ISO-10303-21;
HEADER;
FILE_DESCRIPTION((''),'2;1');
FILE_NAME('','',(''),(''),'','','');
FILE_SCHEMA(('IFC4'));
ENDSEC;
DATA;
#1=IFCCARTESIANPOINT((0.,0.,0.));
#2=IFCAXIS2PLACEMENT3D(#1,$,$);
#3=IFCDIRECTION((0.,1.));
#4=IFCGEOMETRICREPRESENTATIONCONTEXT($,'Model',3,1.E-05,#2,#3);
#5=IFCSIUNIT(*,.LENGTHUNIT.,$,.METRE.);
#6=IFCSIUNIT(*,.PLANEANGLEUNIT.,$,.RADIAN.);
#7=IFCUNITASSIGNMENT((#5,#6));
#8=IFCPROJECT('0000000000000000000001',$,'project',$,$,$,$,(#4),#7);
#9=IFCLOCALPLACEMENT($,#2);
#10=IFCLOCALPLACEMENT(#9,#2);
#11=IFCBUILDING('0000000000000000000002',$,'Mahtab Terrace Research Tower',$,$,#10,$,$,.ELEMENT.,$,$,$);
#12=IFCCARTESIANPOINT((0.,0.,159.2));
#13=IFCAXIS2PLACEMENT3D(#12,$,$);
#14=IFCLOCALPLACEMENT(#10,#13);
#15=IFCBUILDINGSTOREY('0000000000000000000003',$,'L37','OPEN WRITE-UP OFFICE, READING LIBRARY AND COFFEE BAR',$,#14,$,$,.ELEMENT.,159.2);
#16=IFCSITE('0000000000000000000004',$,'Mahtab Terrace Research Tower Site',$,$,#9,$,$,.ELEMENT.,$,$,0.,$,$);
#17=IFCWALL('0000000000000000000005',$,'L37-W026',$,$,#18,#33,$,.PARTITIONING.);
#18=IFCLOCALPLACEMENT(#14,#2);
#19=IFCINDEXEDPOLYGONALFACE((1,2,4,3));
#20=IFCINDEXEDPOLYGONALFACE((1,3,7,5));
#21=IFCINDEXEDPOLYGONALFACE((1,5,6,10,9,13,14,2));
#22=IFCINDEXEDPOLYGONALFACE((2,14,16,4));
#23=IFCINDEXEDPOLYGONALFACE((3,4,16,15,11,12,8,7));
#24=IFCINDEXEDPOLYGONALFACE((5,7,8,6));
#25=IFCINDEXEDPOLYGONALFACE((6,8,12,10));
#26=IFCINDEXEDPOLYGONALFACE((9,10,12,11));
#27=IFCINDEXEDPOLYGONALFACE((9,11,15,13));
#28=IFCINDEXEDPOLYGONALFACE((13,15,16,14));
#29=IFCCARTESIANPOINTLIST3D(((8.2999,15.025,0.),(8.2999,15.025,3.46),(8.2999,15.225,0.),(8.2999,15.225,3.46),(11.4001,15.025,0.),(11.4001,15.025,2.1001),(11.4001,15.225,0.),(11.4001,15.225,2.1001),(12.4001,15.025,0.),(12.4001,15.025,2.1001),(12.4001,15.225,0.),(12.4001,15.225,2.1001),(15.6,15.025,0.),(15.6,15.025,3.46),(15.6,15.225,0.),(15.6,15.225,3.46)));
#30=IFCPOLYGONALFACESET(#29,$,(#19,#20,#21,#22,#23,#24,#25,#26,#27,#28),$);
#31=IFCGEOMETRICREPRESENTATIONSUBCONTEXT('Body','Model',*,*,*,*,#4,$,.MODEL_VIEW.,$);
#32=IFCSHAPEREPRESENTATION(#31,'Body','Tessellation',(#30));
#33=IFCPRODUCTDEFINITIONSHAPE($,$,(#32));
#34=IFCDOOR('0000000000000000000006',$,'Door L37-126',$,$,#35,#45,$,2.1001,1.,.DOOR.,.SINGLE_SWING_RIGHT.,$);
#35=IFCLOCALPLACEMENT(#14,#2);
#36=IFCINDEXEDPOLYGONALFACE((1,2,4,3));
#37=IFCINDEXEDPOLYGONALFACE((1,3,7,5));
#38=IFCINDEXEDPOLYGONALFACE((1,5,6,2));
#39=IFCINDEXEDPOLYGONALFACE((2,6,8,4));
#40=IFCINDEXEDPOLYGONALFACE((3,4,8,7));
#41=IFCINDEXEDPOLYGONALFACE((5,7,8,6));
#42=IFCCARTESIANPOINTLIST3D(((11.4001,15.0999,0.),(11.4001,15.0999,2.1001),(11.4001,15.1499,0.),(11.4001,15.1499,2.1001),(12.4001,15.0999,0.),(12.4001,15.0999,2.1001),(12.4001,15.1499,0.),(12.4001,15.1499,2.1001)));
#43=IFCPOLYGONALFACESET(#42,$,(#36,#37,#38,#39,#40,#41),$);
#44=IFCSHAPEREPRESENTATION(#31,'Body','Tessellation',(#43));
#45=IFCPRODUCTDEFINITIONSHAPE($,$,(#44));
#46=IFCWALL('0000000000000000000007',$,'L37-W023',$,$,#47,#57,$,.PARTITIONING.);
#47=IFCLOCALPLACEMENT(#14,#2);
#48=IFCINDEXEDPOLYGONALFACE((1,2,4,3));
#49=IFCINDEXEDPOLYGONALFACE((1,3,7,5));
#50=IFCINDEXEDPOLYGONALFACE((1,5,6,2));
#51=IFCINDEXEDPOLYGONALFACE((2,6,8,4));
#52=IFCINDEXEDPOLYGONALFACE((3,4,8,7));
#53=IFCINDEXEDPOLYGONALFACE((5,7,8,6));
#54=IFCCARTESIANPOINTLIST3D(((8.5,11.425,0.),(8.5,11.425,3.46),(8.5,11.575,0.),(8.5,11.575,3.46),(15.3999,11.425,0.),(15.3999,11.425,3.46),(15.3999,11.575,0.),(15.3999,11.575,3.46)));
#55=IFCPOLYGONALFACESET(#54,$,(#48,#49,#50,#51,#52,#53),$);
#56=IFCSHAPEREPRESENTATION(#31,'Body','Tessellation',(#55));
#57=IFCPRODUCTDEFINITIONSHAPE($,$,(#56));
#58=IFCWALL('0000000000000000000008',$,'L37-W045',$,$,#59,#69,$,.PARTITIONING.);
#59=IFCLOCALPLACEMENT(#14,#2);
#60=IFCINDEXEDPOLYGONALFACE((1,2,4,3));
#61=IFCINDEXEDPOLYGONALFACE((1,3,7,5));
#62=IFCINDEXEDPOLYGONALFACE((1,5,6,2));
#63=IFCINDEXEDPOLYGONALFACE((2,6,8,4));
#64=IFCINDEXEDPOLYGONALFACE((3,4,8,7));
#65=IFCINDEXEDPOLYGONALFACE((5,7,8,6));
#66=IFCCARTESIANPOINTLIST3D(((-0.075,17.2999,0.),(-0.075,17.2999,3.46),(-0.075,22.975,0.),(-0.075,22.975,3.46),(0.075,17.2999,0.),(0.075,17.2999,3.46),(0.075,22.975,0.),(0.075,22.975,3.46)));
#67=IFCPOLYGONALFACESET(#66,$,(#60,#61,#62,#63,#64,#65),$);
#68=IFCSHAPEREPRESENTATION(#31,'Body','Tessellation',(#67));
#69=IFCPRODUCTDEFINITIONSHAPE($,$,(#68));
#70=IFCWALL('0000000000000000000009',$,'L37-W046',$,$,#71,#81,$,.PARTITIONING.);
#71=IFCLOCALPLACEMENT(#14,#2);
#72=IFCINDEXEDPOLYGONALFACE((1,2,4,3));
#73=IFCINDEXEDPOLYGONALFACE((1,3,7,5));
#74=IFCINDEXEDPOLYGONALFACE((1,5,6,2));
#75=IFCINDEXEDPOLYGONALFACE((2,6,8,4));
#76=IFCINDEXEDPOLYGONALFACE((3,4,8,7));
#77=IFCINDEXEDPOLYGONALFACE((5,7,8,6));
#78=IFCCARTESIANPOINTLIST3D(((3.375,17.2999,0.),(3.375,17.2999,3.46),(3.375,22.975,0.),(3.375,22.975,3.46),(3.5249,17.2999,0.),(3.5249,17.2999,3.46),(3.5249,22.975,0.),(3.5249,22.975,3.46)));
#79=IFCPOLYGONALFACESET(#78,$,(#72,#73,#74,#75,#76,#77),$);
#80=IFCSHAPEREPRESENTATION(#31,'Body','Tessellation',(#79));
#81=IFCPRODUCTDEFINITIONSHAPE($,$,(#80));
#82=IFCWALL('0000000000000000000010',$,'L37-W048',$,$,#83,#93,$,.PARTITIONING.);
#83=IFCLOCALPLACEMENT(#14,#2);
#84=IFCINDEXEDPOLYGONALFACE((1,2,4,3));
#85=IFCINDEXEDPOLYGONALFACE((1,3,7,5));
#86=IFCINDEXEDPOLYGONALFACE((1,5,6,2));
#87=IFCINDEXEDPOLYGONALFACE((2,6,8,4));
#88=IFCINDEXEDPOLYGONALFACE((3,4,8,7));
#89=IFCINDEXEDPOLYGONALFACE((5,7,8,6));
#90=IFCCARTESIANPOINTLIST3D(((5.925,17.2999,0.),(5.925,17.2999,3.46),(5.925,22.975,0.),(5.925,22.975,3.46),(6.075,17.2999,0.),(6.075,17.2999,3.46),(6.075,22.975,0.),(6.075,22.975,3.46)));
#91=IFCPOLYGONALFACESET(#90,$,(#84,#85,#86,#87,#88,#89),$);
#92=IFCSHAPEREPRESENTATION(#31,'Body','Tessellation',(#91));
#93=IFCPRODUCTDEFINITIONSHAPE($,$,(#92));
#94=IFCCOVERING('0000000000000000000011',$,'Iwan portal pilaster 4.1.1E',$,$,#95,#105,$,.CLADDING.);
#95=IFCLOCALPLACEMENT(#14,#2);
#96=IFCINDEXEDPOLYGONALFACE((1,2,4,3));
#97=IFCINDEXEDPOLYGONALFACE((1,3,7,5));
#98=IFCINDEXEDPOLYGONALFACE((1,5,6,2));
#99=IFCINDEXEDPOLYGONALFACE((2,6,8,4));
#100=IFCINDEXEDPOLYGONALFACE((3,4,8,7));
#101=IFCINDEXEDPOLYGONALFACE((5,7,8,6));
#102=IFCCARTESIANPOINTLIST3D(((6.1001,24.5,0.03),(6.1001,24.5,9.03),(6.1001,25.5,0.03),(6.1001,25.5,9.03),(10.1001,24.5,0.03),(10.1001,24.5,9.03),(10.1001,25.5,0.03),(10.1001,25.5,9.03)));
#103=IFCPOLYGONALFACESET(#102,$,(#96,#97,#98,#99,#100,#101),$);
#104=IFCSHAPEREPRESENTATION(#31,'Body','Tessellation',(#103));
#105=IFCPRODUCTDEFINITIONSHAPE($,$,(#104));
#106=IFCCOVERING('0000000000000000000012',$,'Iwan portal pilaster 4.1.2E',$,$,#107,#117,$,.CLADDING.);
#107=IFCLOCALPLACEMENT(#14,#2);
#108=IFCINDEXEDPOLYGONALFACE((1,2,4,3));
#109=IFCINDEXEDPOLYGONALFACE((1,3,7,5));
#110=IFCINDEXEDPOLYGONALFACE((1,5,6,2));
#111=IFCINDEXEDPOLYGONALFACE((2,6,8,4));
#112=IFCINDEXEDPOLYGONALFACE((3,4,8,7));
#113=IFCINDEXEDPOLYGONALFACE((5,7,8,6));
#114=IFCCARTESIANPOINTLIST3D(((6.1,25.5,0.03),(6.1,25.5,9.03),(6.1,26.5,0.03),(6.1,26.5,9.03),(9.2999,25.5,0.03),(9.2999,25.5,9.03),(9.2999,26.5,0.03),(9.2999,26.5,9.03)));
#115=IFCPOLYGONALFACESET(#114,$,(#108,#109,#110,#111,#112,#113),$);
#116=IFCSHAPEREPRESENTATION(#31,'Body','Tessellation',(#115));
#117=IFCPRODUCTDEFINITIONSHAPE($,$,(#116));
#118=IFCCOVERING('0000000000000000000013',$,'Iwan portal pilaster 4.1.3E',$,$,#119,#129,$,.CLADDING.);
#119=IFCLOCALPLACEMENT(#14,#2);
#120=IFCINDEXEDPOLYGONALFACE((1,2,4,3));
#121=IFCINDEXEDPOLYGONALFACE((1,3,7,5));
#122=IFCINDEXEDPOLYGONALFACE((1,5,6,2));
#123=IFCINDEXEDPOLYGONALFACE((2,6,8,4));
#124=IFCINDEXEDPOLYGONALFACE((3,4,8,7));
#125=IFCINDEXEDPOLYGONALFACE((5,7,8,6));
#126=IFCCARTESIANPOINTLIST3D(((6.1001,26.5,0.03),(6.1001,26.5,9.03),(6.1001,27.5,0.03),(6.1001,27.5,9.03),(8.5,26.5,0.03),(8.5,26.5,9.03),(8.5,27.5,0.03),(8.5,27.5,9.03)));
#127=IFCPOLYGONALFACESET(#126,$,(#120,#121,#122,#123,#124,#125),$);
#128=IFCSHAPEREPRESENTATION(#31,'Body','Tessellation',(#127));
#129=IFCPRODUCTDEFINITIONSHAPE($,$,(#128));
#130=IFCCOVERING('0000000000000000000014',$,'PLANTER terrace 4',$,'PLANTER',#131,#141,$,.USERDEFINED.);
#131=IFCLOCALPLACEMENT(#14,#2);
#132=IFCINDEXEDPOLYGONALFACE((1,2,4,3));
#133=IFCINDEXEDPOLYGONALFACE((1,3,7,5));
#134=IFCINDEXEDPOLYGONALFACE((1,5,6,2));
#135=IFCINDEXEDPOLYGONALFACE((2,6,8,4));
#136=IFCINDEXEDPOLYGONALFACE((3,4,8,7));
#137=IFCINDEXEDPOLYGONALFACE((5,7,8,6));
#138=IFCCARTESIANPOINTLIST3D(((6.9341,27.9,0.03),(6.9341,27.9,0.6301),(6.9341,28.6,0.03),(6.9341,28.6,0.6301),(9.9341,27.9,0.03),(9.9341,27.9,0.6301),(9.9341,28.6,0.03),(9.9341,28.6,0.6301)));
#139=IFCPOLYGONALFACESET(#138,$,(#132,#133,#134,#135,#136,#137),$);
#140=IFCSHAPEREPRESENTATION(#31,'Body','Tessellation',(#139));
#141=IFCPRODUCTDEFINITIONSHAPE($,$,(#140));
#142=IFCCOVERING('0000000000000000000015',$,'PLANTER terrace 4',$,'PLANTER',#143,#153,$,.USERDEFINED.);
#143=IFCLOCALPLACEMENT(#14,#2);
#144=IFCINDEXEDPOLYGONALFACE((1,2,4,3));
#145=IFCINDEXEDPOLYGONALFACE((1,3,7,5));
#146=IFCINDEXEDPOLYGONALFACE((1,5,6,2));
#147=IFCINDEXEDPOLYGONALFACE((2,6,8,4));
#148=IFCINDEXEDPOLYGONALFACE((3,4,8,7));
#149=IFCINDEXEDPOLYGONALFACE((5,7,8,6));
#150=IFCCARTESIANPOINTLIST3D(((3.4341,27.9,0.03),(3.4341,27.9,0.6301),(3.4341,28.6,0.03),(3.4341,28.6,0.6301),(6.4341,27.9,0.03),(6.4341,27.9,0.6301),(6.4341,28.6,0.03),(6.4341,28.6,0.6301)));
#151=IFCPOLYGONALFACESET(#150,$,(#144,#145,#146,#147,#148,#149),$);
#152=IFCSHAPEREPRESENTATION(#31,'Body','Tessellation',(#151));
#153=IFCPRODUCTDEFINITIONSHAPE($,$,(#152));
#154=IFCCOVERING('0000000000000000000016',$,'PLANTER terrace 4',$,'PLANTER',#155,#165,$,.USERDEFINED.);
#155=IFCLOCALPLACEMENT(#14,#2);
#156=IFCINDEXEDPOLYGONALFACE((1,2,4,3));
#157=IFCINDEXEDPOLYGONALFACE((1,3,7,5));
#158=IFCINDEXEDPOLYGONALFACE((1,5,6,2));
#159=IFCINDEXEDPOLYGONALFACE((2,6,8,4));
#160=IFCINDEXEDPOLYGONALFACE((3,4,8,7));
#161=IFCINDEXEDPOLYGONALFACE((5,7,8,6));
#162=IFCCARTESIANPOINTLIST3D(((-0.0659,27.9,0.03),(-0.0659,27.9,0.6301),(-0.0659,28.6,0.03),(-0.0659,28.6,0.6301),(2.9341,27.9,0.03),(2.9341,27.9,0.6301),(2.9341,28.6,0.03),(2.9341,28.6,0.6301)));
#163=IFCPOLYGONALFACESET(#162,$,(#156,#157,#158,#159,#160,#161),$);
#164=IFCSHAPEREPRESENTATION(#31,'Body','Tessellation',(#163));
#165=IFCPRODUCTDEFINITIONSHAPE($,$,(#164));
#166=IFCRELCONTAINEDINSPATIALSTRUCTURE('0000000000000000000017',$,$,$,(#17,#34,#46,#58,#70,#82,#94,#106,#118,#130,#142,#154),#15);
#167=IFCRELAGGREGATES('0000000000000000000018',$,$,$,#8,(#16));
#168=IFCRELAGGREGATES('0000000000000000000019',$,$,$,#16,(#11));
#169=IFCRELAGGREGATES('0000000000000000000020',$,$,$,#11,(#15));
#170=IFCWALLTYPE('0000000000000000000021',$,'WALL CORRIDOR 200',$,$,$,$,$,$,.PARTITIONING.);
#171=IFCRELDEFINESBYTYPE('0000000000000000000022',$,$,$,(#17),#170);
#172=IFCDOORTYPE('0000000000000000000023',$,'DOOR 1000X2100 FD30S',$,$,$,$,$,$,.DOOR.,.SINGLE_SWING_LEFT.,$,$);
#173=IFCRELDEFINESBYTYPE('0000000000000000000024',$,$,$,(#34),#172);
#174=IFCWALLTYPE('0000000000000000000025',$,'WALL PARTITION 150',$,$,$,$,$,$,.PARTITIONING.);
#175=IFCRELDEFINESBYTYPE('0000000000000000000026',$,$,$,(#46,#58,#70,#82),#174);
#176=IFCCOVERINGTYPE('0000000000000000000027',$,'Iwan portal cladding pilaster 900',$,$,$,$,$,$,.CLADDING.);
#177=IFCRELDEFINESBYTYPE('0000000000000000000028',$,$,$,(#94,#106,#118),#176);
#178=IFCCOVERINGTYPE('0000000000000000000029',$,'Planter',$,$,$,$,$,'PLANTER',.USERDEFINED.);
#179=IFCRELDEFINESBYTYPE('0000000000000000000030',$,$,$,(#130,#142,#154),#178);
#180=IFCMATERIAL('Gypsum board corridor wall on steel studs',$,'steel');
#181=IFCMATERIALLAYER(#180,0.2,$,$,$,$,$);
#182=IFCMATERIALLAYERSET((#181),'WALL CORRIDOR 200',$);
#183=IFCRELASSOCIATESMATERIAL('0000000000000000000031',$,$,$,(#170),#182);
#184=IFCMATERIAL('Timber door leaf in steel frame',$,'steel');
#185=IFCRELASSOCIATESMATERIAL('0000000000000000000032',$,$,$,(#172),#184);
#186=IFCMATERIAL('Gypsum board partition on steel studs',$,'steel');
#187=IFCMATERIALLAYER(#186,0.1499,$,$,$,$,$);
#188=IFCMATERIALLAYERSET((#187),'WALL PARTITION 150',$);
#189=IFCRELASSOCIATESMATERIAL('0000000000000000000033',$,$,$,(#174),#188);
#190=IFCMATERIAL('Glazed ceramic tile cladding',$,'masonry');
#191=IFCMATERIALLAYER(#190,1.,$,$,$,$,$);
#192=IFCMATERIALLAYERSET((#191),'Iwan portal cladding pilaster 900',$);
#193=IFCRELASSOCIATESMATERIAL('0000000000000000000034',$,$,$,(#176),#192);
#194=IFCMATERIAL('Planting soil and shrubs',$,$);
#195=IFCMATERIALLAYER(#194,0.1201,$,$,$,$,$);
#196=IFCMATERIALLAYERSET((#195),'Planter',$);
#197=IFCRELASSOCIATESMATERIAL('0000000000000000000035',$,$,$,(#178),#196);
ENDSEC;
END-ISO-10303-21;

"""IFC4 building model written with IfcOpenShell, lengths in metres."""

from ifc_helpers import new_model, si_unit, direction, frame, frame_2d, origin, origin_2d, place, context, subcontext, project, spatial, rectangle, extrude, material, layer, layer_set, type_object, element, fill, save


model = new_model("IFC4")

# Units and contexts
model_context = context("Model", 3, precision=1e-05, world=origin(), true_north=direction((0.0, 1.0)))
body_context = subcontext(model_context, "Body", "Model", "MODEL_VIEW")
ifc_project = project(units=[si_unit("LENGTHUNIT", "METRE"), si_unit("PLANEANGLEUNIT", "RADIAN")], contexts=[model_context])

# Site, building, storey
site_placement = place(None, origin())
site = spatial("IfcSite", under=ifc_project, at=site_placement, Name="Mahtab Terrace Research Tower Site", CompositionType="ELEMENT", RefElevation=0.0)
building_placement = place(site_placement, origin())
building = spatial("IfcBuilding", under=site, at=building_placement, Name="Mahtab Terrace Research Tower", CompositionType="ELEMENT")
storey_placement = place(building_placement, frame((0.0, 0.0, 159.2)))
storey = spatial("IfcBuildingStorey", under=building, at=storey_placement, Name="L37", Description="OPEN WRITE-UP OFFICE, READING LIBRARY AND COFFEE BAR", CompositionType="ELEMENT", Elevation=159.2)

# Wall, opening, door
ifc_material_1 = material(Name="Gypsum board corridor wall on steel studs", Category="steel")
ifc_layer_1 = layer(ifc_material_1, 0.2)
ifc_layer_set_1 = layer_set([ifc_layer_1], Name="WALL CORRIDOR 200")
wall_type_1 = type_object("IfcWallType", Name="WALL CORRIDOR 200", PredefinedType="PARTITIONING", material=ifc_layer_set_1)
wall_1_placement = place(storey_placement, frame((8.3, 15.125, 0.0), z_axis=(0.0, 0.0, 1.0), x_axis=(1.0, 0.0, 0.0)))
wall_1 = element("IfcWall", 1, at=wall_1_placement, inside=storey, type_object=wall_type_1, Name="L37-W026", PredefinedType="PARTITIONING", context=body_context, shape_type="SweptSolid", body=[
    extrude(rectangle(XDim=7.3, YDim=0.2, at=frame_2d((3.6499, 0.0))), origin(), (0.0, 0.0, 1.0), 3.46),
])
opening_1_placement = place(wall_1_placement, frame((3.1001, 0.0, 0.0)))
opening_1 = element("IfcOpeningElement", 2, at=opening_1_placement, cuts=wall_1, PredefinedType="OPENING", context=body_context, shape_type="SweptSolid", body=[
    extrude(rectangle(XDim=1.0, YDim=2.1001, at=frame_2d((0.5, 1.05))), frame((0.0, 0.1099, 0.0), z_axis=(0.0, -1.0, 0.0), x_axis=(1.0, 0.0, 0.0)), (0.0, 0.0, 1.0), 0.22),
])
ifc_material_2 = material(Name="Timber door leaf in steel frame", Category="steel")
door_type_1 = type_object("IfcDoorType", Name="DOOR 1000X2100 FD30S", OperationType="SINGLE_SWING_LEFT", PredefinedType="DOOR", material=ifc_material_2)
door_1_placement = place(opening_1_placement, origin())
door_1 = element("IfcDoor", 3, at=door_1_placement, inside=storey, type_object=door_type_1, Name="Door L37-126", OperationType="SINGLE_SWING_RIGHT", OverallHeight=2.1001, OverallWidth=1.0, PredefinedType="DOOR", context=body_context, shape_type="SweptSolid", body=[
    extrude(rectangle(XDim=1.0, YDim=2.1001, at=frame_2d((0.5, 1.05))), frame((0.0, 0.0249, 0.0), z_axis=(0.0, -1.0, 0.0), x_axis=(1.0, 0.0, 0.0)), (0.0, 0.0, 1.0), 0.05),
])
fill(opening_1, door_1)

# Walls
ifc_material_3 = material(Name="Gypsum board partition on steel studs", Category="steel")
ifc_layer_2 = layer(ifc_material_3, 0.1499)
ifc_layer_set_2 = layer_set([ifc_layer_2], Name="WALL PARTITION 150")
wall_type_2 = type_object("IfcWallType", Name="WALL PARTITION 150", PredefinedType="PARTITIONING", material=ifc_layer_set_2)
wall_2_placement = place(storey_placement, frame((8.5, 11.5, 0.0), z_axis=(0.0, 0.0, 1.0), x_axis=(1.0, 0.0, 0.0)))
element("IfcWall", 4, at=wall_2_placement, inside=storey, type_object=wall_type_2, Name="L37-W023", PredefinedType="PARTITIONING", context=body_context, shape_type="SweptSolid", body=[
    extrude(rectangle(XDim=6.8999, YDim=0.1499, at=frame_2d((3.45, 0.0))), origin(), (0.0, 0.0, 1.0), 3.46),
])
for number, where, z_axis, x_axis, name in (
    (5, (0.0, 17.3, 0.0), (0.0, 0.0, 1.0), (0.0, 1.0, 0.0), "L37-W045"),
    (6, (3.45, 17.3, 0.0), (0.0, 0.0, 1.0), (0.0, 1.0, 0.0), "L37-W046"),
    (7, (6.0, 17.3, 0.0), (0.0, 0.0, 1.0), (0.0, 1.0, 0.0), "L37-W048"),
):
    element("IfcWall", number, at=place(storey_placement, frame(where, z_axis=z_axis, x_axis=x_axis)), inside=storey, type_object=wall_type_2, Name=name, PredefinedType="PARTITIONING", context=body_context, shape_type="SweptSolid", body=[
        extrude(rectangle(XDim=5.675, YDim=0.1499, at=frame_2d((2.8374, 0.0))), origin(), (0.0, 0.0, 1.0), 3.46),
    ])

# Coverings
ifc_material_4 = material(Name="Glazed ceramic tile cladding", Category="masonry")
ifc_layer_3 = layer(ifc_material_4, 1.0)
ifc_layer_set_3 = layer_set([ifc_layer_3], Name="Iwan portal cladding pilaster 900")
covering_type_1 = type_object("IfcCoveringType", Name="Iwan portal cladding pilaster 900", PredefinedType="CLADDING", material=ifc_layer_set_3)
covering_1_placement = place(storey_placement, frame((8.1001, 25.0, 0.03), z_axis=(0.0, 0.0, 1.0), x_axis=(-1.0, 0.0, 0.0)))
element("IfcCovering", 8, at=covering_1_placement, inside=storey, type_object=covering_type_1, Name="Iwan portal pilaster 4.1.1E", PredefinedType="CLADDING", context=body_context, shape_type="SweptSolid", body=[
    extrude(rectangle(XDim=4.0, YDim=1.0, at=origin_2d()), origin(), (0.0, 0.0, 1.0), 9.0),
])
covering_2_placement = place(storey_placement, frame((7.7, 26.0, 0.03), z_axis=(0.0, 0.0, 1.0), x_axis=(-1.0, 0.0, 0.0)))
element("IfcCovering", 9, at=covering_2_placement, inside=storey, type_object=covering_type_1, Name="Iwan portal pilaster 4.1.2E", PredefinedType="CLADDING", context=body_context, shape_type="SweptSolid", body=[
    extrude(rectangle(XDim=3.2, YDim=1.0, at=origin_2d()), origin(), (0.0, 0.0, 1.0), 9.0),
])
covering_3_placement = place(storey_placement, frame((7.3, 27.0, 0.03), z_axis=(0.0, 0.0, 1.0), x_axis=(-1.0, 0.0, 0.0)))
element("IfcCovering", 10, at=covering_3_placement, inside=storey, type_object=covering_type_1, Name="Iwan portal pilaster 4.1.3E", PredefinedType="CLADDING", context=body_context, shape_type="SweptSolid", body=[
    extrude(rectangle(XDim=2.3999, YDim=1.0, at=origin_2d()), origin(), (0.0, 0.0, 1.0), 9.0),
])
ifc_material_5 = material(Name="Planting soil and shrubs")
ifc_layer_4 = layer(ifc_material_5, 0.1201)
ifc_layer_set_4 = layer_set([ifc_layer_4], Name="Planter")
covering_type_2 = type_object("IfcCoveringType", Name="Planter", ElementType="PLANTER", PredefinedType="USERDEFINED", material=ifc_layer_set_4)
for number, where, z_axis, x_axis, name in (
    (11, (8.4341, 28.25, 0.03), (0.0, 0.0, 1.0), (-1.0, 0.0, 0.0), "PLANTER terrace 4"),
    (12, (4.9341, 28.25, 0.03), (0.0, 0.0, 1.0), (-1.0, 0.0, 0.0), "PLANTER terrace 4"),
    (13, (1.4341, 28.25, 0.03), (0.0, 0.0, 1.0), (-1.0, 0.0, 0.0), "PLANTER terrace 4"),
):
    element("IfcCovering", number, at=place(storey_placement, frame(where, z_axis=z_axis, x_axis=x_axis)), inside=storey, type_object=covering_type_2, Name=name, ObjectType="PLANTER", PredefinedType="USERDEFINED", context=body_context, shape_type="SweptSolid", body=[
        extrude(rectangle(XDim=3.0, YDim=0.7, at=origin_2d()), origin(), (0.0, 0.0, 1.0), 0.6001),
    ])

save(model, "model.ifc")
